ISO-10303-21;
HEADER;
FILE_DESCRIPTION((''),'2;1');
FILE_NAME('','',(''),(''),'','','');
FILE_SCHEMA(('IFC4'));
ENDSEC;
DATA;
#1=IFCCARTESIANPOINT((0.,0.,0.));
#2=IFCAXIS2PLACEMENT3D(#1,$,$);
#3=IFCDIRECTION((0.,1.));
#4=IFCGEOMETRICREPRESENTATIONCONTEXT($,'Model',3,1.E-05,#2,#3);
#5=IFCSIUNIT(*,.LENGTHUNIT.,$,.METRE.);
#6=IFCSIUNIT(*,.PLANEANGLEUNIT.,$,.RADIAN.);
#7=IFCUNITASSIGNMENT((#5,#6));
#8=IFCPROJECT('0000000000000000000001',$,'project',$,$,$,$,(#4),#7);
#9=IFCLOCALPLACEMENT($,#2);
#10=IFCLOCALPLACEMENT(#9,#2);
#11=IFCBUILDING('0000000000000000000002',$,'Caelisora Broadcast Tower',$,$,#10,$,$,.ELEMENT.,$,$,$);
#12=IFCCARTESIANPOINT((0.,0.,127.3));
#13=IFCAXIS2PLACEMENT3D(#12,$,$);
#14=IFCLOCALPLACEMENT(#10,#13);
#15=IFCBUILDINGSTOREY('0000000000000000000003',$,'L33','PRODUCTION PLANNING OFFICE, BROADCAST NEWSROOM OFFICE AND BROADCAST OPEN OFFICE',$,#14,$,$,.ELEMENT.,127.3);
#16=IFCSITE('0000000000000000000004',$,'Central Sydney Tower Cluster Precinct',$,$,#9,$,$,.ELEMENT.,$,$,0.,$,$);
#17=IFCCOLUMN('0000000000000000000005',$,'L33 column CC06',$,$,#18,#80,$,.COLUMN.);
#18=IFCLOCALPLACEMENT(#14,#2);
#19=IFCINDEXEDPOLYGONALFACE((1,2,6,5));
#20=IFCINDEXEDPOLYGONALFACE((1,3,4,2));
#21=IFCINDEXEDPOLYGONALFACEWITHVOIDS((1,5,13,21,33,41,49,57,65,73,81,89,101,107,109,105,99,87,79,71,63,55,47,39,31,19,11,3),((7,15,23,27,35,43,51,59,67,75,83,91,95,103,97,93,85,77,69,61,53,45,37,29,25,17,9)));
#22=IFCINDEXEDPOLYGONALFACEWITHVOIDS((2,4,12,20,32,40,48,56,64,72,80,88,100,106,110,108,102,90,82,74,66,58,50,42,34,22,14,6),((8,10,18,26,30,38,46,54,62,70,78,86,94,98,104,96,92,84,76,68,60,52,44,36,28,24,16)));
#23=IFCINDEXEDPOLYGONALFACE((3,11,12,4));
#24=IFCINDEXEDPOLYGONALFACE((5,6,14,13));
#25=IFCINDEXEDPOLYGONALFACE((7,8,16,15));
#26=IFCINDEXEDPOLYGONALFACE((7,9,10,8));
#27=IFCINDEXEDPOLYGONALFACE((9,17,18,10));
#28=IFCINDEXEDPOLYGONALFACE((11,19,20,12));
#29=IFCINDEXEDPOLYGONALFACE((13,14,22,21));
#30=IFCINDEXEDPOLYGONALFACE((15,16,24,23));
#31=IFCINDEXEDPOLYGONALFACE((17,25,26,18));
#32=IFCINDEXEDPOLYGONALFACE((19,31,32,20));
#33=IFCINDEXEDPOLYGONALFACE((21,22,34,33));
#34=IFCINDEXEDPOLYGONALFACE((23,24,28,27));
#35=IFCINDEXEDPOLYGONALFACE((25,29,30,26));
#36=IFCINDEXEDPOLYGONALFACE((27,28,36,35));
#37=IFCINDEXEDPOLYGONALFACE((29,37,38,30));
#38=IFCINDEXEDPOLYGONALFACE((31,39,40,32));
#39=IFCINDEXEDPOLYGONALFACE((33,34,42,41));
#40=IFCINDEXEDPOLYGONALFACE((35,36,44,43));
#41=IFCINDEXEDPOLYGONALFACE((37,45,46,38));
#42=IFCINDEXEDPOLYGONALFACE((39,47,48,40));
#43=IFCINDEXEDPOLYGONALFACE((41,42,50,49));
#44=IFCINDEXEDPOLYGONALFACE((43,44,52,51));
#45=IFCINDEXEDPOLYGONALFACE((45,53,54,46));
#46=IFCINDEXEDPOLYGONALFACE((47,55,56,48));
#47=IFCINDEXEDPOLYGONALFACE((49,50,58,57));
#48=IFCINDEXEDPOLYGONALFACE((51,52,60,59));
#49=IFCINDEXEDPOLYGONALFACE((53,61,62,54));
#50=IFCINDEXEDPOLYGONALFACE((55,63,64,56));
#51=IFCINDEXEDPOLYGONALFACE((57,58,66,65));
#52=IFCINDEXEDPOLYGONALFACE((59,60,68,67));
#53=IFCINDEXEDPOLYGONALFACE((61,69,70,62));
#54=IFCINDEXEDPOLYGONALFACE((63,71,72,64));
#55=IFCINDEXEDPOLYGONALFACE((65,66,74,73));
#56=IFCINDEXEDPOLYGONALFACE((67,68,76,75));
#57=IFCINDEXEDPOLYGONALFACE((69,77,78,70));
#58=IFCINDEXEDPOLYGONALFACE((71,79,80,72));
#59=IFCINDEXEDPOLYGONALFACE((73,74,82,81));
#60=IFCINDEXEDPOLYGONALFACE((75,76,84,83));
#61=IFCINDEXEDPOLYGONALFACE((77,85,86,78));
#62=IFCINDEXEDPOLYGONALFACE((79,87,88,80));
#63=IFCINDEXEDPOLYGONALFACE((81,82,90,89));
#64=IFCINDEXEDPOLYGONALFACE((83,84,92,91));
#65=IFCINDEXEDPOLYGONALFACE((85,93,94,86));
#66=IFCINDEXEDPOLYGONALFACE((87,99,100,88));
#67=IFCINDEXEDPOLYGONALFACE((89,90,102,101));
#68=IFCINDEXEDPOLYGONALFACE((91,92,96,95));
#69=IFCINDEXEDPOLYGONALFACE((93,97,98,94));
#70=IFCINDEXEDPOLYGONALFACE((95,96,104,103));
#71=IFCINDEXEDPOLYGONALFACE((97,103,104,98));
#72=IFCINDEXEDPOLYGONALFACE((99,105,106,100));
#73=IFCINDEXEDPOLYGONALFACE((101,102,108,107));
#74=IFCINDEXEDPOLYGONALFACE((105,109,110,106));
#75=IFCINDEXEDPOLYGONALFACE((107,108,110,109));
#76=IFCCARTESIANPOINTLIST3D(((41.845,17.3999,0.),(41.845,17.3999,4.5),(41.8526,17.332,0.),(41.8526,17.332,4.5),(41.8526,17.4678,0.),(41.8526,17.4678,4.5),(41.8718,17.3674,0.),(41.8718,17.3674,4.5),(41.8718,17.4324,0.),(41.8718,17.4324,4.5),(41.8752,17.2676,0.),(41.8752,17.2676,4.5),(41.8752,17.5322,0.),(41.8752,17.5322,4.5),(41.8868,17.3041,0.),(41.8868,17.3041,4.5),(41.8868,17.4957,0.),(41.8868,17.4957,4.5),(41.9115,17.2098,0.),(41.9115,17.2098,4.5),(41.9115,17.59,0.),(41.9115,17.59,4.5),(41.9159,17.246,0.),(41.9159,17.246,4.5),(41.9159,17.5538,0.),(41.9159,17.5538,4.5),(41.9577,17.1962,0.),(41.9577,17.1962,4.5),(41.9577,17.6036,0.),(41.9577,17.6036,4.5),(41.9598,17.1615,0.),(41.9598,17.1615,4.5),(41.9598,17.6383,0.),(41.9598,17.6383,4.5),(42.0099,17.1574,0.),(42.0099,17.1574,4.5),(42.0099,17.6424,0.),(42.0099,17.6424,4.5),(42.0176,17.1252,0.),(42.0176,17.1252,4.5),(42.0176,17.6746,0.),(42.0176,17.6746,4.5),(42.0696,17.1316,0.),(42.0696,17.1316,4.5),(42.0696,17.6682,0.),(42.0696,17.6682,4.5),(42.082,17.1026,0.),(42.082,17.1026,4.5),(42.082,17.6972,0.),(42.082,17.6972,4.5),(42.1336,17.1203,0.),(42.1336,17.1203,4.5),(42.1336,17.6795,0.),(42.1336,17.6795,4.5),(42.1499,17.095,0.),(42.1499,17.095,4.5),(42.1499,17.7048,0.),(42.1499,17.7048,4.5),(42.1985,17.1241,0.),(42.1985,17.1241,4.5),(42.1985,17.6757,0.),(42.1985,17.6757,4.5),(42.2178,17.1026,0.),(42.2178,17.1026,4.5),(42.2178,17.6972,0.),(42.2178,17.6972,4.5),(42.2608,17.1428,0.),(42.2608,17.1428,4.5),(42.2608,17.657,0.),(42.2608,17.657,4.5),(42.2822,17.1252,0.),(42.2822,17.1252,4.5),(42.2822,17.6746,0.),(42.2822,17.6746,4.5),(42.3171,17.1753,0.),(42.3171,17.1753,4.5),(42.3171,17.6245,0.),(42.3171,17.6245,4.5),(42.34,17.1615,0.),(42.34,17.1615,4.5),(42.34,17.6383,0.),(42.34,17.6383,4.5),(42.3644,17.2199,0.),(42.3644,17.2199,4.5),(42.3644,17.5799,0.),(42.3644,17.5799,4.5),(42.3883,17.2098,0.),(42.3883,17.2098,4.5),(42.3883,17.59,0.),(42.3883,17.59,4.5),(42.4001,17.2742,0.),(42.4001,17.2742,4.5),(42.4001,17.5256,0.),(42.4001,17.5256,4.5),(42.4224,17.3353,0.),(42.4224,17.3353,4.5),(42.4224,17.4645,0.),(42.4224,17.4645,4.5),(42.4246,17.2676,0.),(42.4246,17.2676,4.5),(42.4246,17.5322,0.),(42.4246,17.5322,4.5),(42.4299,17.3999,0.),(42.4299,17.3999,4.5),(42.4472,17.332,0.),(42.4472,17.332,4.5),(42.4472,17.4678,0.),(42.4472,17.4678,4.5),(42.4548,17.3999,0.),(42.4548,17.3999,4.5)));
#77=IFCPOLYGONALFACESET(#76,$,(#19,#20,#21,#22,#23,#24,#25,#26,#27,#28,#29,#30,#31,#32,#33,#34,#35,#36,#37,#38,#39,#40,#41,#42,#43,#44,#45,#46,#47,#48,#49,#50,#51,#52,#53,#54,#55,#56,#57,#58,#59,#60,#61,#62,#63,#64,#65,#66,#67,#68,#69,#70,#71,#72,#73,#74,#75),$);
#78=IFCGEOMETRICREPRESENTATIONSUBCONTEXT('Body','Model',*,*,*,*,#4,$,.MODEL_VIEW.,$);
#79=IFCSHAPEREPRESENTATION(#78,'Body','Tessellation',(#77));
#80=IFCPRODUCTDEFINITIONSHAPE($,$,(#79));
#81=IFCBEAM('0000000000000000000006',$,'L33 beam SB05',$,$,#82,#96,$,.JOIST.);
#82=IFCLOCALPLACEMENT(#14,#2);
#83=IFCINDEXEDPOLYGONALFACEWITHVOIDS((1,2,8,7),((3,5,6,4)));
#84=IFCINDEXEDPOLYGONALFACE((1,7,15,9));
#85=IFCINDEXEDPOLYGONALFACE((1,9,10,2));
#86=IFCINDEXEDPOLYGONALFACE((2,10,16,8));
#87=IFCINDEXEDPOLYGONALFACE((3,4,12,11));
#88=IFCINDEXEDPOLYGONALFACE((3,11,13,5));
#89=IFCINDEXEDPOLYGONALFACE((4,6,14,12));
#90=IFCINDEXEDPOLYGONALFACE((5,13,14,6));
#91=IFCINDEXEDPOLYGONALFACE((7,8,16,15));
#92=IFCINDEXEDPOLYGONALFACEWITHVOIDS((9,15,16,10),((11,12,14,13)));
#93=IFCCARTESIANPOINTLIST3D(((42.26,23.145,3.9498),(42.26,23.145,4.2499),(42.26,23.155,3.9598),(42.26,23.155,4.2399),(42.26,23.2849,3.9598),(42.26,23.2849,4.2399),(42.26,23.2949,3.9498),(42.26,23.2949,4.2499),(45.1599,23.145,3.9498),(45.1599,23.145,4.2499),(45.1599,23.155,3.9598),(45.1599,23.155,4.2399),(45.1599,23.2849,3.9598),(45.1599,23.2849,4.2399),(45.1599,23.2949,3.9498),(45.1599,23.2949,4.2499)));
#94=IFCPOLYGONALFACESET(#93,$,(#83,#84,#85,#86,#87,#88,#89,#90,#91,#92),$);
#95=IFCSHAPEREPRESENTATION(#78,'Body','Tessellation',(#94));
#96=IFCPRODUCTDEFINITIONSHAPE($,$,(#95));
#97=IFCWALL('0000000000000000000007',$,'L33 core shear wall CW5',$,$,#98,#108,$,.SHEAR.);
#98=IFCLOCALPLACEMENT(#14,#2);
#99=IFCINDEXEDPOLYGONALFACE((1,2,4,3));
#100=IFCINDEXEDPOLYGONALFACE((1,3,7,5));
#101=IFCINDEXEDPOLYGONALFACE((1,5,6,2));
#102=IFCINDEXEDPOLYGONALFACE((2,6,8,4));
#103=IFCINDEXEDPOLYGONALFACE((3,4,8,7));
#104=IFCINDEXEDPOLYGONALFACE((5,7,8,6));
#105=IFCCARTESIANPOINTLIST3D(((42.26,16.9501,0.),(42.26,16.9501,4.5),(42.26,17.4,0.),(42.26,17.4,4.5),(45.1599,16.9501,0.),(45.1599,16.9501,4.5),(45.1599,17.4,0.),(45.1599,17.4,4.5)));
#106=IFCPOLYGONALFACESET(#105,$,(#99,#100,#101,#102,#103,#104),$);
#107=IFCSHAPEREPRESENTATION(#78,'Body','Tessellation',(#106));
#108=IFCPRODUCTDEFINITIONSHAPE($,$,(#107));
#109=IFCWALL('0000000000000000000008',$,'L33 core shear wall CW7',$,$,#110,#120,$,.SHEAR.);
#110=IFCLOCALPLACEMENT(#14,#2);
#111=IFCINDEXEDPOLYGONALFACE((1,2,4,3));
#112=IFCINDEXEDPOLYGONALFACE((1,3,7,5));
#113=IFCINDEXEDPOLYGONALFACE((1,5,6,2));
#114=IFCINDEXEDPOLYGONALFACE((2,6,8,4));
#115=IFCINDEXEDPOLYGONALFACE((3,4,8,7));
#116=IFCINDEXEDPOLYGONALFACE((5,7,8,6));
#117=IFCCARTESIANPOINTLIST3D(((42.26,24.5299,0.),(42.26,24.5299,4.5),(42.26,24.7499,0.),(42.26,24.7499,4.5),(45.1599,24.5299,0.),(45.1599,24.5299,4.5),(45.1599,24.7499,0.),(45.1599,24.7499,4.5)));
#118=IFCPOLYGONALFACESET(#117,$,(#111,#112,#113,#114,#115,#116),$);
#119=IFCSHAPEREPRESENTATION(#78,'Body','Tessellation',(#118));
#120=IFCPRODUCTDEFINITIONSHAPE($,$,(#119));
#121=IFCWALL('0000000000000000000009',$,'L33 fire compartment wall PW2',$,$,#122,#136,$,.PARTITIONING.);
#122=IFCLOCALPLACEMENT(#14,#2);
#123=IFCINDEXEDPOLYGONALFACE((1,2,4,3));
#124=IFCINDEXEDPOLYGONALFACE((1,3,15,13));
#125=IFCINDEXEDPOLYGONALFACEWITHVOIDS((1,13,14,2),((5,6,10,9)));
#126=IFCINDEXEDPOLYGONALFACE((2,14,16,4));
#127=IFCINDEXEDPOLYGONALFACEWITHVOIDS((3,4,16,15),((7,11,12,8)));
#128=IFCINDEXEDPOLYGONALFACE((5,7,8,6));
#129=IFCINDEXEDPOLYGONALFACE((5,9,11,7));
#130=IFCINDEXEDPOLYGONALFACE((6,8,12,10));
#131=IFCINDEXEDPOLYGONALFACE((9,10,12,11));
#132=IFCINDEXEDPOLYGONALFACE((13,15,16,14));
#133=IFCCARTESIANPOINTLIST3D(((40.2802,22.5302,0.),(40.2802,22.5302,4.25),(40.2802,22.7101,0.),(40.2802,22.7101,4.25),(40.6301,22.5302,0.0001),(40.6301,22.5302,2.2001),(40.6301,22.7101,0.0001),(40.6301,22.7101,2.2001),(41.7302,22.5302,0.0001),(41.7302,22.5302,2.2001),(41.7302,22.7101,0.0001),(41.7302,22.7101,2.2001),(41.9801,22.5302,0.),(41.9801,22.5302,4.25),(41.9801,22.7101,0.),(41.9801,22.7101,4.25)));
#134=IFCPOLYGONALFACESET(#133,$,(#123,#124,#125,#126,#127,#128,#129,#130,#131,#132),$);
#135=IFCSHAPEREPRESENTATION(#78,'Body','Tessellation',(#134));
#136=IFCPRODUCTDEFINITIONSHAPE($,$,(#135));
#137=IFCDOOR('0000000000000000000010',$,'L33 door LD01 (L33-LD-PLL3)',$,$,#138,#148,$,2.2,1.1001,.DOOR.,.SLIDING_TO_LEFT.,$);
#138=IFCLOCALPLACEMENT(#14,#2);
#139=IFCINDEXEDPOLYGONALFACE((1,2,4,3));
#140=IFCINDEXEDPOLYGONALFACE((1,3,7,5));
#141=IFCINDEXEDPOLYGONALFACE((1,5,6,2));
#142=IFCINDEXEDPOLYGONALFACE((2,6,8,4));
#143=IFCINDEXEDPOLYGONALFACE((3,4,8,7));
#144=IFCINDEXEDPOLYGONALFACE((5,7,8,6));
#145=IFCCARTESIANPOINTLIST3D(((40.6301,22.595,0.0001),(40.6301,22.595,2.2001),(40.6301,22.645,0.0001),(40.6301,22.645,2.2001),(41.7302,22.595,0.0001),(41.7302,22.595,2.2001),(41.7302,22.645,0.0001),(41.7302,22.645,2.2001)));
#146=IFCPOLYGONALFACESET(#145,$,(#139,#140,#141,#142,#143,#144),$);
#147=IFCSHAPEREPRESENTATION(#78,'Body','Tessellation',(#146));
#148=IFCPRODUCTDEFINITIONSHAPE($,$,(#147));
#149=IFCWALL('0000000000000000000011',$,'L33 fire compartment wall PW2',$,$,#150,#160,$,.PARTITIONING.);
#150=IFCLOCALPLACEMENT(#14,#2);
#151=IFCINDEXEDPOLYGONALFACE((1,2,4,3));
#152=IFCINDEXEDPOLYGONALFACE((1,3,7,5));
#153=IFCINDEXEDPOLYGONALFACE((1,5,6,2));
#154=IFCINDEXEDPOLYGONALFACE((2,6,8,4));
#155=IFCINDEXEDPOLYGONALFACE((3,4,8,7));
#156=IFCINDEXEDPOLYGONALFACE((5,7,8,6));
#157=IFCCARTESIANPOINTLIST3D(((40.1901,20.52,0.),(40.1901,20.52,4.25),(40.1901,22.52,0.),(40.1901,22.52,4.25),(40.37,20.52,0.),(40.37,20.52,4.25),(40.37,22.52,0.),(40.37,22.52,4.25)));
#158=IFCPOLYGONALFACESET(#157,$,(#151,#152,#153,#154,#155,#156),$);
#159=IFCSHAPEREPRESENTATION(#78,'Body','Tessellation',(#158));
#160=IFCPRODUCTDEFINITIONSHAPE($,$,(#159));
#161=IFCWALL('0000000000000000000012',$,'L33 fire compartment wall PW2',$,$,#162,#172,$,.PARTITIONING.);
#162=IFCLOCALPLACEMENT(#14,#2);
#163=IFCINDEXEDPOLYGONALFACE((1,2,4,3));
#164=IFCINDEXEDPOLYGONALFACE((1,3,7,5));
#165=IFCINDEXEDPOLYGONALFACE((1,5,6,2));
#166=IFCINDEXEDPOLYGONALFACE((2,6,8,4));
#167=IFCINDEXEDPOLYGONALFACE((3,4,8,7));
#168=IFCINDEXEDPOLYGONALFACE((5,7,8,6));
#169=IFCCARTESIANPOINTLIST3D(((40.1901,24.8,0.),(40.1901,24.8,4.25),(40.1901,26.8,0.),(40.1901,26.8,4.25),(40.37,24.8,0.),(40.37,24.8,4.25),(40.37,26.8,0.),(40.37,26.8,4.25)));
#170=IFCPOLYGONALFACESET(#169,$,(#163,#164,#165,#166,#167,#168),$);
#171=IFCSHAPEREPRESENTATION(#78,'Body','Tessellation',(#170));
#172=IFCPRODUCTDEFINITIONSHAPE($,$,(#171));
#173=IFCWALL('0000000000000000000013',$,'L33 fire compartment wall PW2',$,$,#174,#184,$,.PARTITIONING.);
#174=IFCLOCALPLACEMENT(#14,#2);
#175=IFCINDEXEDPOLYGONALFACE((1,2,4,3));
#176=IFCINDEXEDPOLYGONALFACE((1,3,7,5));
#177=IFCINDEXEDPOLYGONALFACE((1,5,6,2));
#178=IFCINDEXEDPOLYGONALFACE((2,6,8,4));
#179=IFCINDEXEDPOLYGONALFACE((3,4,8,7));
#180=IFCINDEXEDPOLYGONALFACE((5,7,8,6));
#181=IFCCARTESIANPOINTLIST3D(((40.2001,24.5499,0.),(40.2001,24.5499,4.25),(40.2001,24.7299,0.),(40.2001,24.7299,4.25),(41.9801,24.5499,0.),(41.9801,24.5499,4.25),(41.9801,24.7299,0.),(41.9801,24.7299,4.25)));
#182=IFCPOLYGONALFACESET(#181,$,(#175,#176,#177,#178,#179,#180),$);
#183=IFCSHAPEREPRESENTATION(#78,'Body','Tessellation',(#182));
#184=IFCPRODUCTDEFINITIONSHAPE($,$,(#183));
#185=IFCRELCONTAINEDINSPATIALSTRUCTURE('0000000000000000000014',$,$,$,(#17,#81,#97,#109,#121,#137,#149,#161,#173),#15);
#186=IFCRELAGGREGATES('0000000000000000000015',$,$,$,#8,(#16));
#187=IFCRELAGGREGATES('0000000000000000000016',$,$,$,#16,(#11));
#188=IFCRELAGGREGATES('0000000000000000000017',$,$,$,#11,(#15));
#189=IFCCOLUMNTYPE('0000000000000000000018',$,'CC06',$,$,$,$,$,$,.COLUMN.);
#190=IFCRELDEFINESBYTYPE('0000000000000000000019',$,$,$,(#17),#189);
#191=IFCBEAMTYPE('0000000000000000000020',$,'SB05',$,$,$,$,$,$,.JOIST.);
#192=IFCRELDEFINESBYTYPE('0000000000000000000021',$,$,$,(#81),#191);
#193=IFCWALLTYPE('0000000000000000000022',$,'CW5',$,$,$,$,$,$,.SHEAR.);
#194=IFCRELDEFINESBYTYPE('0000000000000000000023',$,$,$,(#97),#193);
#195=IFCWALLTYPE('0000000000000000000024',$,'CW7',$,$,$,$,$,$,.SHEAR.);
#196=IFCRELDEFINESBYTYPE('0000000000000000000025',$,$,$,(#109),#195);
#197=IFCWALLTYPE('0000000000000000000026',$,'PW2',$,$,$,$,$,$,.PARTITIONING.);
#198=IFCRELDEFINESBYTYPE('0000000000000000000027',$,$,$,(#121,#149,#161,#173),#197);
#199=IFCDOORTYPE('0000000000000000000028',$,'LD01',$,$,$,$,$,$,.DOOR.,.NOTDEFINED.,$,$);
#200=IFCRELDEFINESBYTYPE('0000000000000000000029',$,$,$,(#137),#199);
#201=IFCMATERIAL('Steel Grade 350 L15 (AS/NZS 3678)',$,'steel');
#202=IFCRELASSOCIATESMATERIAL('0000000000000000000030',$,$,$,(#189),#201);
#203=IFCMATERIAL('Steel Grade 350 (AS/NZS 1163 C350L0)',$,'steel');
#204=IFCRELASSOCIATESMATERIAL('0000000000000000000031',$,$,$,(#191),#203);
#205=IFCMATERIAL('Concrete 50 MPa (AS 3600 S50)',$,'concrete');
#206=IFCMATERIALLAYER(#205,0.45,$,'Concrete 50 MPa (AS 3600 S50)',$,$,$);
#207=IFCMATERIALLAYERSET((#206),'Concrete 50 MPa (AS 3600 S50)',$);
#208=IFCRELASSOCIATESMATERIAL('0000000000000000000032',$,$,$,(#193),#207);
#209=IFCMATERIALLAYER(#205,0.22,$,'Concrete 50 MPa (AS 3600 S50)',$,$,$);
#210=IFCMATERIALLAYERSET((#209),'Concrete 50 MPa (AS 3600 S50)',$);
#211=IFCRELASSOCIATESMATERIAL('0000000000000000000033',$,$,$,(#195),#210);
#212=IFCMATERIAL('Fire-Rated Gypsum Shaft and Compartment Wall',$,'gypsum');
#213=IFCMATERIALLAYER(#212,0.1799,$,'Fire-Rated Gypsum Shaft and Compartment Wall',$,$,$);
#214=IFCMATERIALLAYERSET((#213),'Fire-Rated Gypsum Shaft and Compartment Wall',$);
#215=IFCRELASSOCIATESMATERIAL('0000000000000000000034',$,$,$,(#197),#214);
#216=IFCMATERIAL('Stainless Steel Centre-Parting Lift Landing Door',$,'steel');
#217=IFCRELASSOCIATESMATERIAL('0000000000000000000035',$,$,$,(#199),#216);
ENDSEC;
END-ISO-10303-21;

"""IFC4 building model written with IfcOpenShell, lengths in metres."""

from ifc_helpers import new_model, si_unit, direction, frame, frame_2d, origin, origin_2d, place, context, subcontext, project, spatial, rectangle, hollow_rectangle, hollow_circle, extrude, source, transform, mapped, material, layer, layer_set, material_profile, profile_set, type_object, type_shapes, element, fill, save


model = new_model("IFC4")

# Units and contexts
model_context = context("Model", 3, precision=1e-05, world=origin(), true_north=direction((0.0, 1.0)))
body_context = subcontext(model_context, "Body", "Model", "MODEL_VIEW")
ifc_project = project(units=[si_unit("LENGTHUNIT", "METRE"), si_unit("PLANEANGLEUNIT", "RADIAN")], contexts=[model_context])

# Site, building, storey
site_placement = place(None, origin())
site = spatial("IfcSite", under=ifc_project, at=site_placement, Name="Central Sydney Tower Cluster Precinct", CompositionType="ELEMENT", RefElevation=0.0)
building_placement = place(site_placement, origin())
building = spatial("IfcBuilding", under=site, at=building_placement, Name="Caelisora Broadcast Tower", CompositionType="ELEMENT")
storey_placement = place(building_placement, frame((0.0, 0.0, 127.3)))
storey = spatial("IfcBuildingStorey", under=building, at=storey_placement, Name="L33", Description="PRODUCTION PLANNING OFFICE, BROADCAST NEWSROOM OFFICE AND BROADCAST OPEN OFFICE", CompositionType="ELEMENT", Elevation=127.3)

# Column
ifc_material_1 = material(Name="Steel Grade 350 L15 (AS/NZS 3678)", Category="steel")
ifc_material_profile_1 = material_profile(ifc_material_1, hollow_circle(Radius=0.3049, WallThickness=0.0249, at=origin_2d()), Name="Steel Grade 350 L15 (AS/NZS 3678)")
ifc_profile_set_1 = profile_set([ifc_material_profile_1], Name="Steel Grade 350 L15 (AS/NZS 3678)")
column_type = type_object("IfcColumnType", Name="CC06", PredefinedType="COLUMN", material=ifc_profile_set_1)
shared_shape_1 = source(origin(), body_context, "Body", "SweptSolid", [
    extrude(hollow_circle(Radius=0.3049, WallThickness=0.0249, at=origin_2d()), origin(), (0.0, 0.0, 1.0), 4.5),
])
type_shapes(column_type, [shared_shape_1])
column_placement = place(storey_placement, frame((42.1499, 17.3999, 0.0), z_axis=(0.0, 0.0, 1.0), x_axis=(1.0, 0.0, 0.0)))
element("IfcColumn", 1, at=column_placement, inside=storey, type_object=column_type, Name="L33 column CC06", PredefinedType="COLUMN", context=body_context, shape_type="MappedRepresentation", body=[
    mapped(shared_shape_1, transform((0.0, 0.0, 0.0), scale=1.0)),
])

# Beam
ifc_material_2 = material(Name="Steel Grade 350 (AS/NZS 1163 C350L0)", Category="steel")
ifc_material_profile_2 = material_profile(ifc_material_2, hollow_rectangle(XDim=0.1499, YDim=0.3, WallThickness=0.01, at=origin_2d()), Name="Steel Grade 350 (AS/NZS 1163 C350L0)")
ifc_profile_set_2 = profile_set([ifc_material_profile_2], Name="Steel Grade 350 (AS/NZS 1163 C350L0)")
beam_type = type_object("IfcBeamType", Name="SB05", PredefinedType="JOIST", material=ifc_profile_set_2)
shared_shape_2 = source(origin(), body_context, "Body", "SweptSolid", [
    extrude(hollow_rectangle(XDim=0.1499, YDim=0.3, WallThickness=0.01, at=origin_2d()), origin(), (0.0, 0.0, 1.0), 2.8999),
])
type_shapes(beam_type, [shared_shape_2])
beam_placement = place(storey_placement, frame((42.26, 23.22, 4.0999), z_axis=(1.0, 0.0, 0.0), x_axis=(0.0, 1.0, 0.0)))
element("IfcBeam", 2, at=beam_placement, inside=storey, type_object=beam_type, Name="L33 beam SB05", PredefinedType="JOIST", context=body_context, shape_type="MappedRepresentation", body=[
    mapped(shared_shape_2, transform((0.0, 0.0, 0.0), scale=1.0)),
])

# Walls
ifc_material_3 = material(Name="Concrete 50 MPa (AS 3600 S50)", Category="concrete")
ifc_layer_1 = layer(ifc_material_3, 0.45, Name="Concrete 50 MPa (AS 3600 S50)")
ifc_layer_set_1 = layer_set([ifc_layer_1], Name="Concrete 50 MPa (AS 3600 S50)")
wall_type_1 = type_object("IfcWallType", Name="CW5", PredefinedType="SHEAR", material=ifc_layer_set_1)
wall_1_placement = place(storey_placement, frame((42.26, 17.175, 0.0), z_axis=(0.0, 0.0, 1.0), x_axis=(1.0, 0.0, 0.0)))
element("IfcWall", 3, at=wall_1_placement, inside=storey, type_object=wall_type_1, Name="L33 core shear wall CW5", PredefinedType="SHEAR", context=body_context, shape_type="SweptSolid", body=[
    extrude(rectangle(XDim=2.8999, YDim=0.45, at=frame_2d((1.45, 0.0))), origin(), (0.0, 0.0, 1.0), 4.5),
])
ifc_layer_2 = layer(ifc_material_3, 0.22, Name="Concrete 50 MPa (AS 3600 S50)")
ifc_layer_set_2 = layer_set([ifc_layer_2], Name="Concrete 50 MPa (AS 3600 S50)")
wall_type_2 = type_object("IfcWallType", Name="CW7", PredefinedType="SHEAR", material=ifc_layer_set_2)
wall_2_placement = place(storey_placement, frame((42.26, 24.6399, 0.0), z_axis=(0.0, 0.0, 1.0), x_axis=(1.0, 0.0, 0.0)))
element("IfcWall", 4, at=wall_2_placement, inside=storey, type_object=wall_type_2, Name="L33 core shear wall CW7", PredefinedType="SHEAR", context=body_context, shape_type="SweptSolid", body=[
    extrude(rectangle(XDim=2.8999, YDim=0.22, at=frame_2d((1.45, 0.0))), origin(), (0.0, 0.0, 1.0), 4.5),
])

# Wall, opening, door
ifc_material_4 = material(Name="Fire-Rated Gypsum Shaft and Compartment Wall", Category="gypsum")
ifc_layer_3 = layer(ifc_material_4, 0.1799, Name="Fire-Rated Gypsum Shaft and Compartment Wall")
ifc_layer_set_3 = layer_set([ifc_layer_3], Name="Fire-Rated Gypsum Shaft and Compartment Wall")
wall_type_3 = type_object("IfcWallType", Name="PW2", PredefinedType="PARTITIONING", material=ifc_layer_set_3)
wall_3_placement = place(storey_placement, frame((40.28, 22.6201, 0.0), z_axis=(0.0, 0.0, 1.0), x_axis=(1.0, 0.0, 0.0)))
wall_3 = element("IfcWall", 5, at=wall_3_placement, inside=storey, type_object=wall_type_3, Name="L33 fire compartment wall PW2", PredefinedType="PARTITIONING", context=body_context, shape_type="SweptSolid", body=[
    extrude(rectangle(XDim=1.7, YDim=0.1799, at=frame_2d((0.8501, 0.0))), origin(), (0.0, 0.0, 1.0), 4.25),
])
opening_1_placement = place(wall_3_placement, frame((0.3501, 0.0, 0.0)))
opening_1 = element("IfcOpeningElement", 6, at=opening_1_placement, cuts=wall_3, PredefinedType="OPENING", context=body_context, shape_type="SweptSolid", body=[
    extrude(rectangle(XDim=1.1001, YDim=2.2, at=frame_2d((0.55, 1.1001))), frame((0.0, 0.1021, 0.0), z_axis=(0.0, -1.0, 0.0), x_axis=(1.0, 0.0, 0.0)), (0.0, 0.0, 1.0), 0.2039),
])
ifc_material_5 = material(Name="Stainless Steel Centre-Parting Lift Landing Door", Category="steel")
door_type_1 = type_object("IfcDoorType", Name="LD01", OperationType="NOTDEFINED", PredefinedType="DOOR", material=ifc_material_5)
door_1_placement = place(opening_1_placement, origin())
door_1 = element("IfcDoor", 7, at=door_1_placement, inside=storey, type_object=door_type_1, Name="L33 door LD01 (L33-LD-PLL3)", OperationType="SLIDING_TO_LEFT", OverallHeight=2.2, OverallWidth=1.1001, PredefinedType="DOOR", context=body_context, shape_type="SweptSolid", body=[
    extrude(rectangle(XDim=1.1001, YDim=2.2, at=frame_2d((0.55, 1.1001))), frame((0.0, 0.0249, 0.0), z_axis=(0.0, -1.0, 0.0), x_axis=(1.0, 0.0, 0.0)), (0.0, 0.0, 1.0), 0.05),
])
fill(opening_1, door_1)

# Walls
for number, where, z_axis, x_axis, name in (
    (8, (40.28, 20.52, 0.0), (0.0, 0.0, 1.0), (0.0, 1.0, 0.0), "L33 fire compartment wall PW2"),
    (9, (40.28, 24.8, 0.0), (0.0, 0.0, 1.0), (0.0, 1.0, 0.0), "L33 fire compartment wall PW2"),
):
    element("IfcWall", number, at=place(storey_placement, frame(where, z_axis=z_axis, x_axis=x_axis)), inside=storey, type_object=wall_type_3, Name=name, PredefinedType="PARTITIONING", context=body_context, shape_type="SweptSolid", body=[
        extrude(rectangle(XDim=2.0, YDim=0.1799, at=frame_2d((1.0, 0.0))), origin(), (0.0, 0.0, 1.0), 4.25),
    ])
wall_4_placement = place(storey_placement, frame((40.2, 24.6399, 0.0), z_axis=(0.0, 0.0, 1.0), x_axis=(1.0, 0.0, 0.0)))
element("IfcWall", 10, at=wall_4_placement, inside=storey, type_object=wall_type_3, Name="L33 fire compartment wall PW2", PredefinedType="PARTITIONING", context=body_context, shape_type="SweptSolid", body=[
    extrude(rectangle(XDim=1.78, YDim=0.1799, at=frame_2d((0.8901, 0.0))), origin(), (0.0, 0.0, 1.0), 4.25),
])

save(model, "model.ifc")
